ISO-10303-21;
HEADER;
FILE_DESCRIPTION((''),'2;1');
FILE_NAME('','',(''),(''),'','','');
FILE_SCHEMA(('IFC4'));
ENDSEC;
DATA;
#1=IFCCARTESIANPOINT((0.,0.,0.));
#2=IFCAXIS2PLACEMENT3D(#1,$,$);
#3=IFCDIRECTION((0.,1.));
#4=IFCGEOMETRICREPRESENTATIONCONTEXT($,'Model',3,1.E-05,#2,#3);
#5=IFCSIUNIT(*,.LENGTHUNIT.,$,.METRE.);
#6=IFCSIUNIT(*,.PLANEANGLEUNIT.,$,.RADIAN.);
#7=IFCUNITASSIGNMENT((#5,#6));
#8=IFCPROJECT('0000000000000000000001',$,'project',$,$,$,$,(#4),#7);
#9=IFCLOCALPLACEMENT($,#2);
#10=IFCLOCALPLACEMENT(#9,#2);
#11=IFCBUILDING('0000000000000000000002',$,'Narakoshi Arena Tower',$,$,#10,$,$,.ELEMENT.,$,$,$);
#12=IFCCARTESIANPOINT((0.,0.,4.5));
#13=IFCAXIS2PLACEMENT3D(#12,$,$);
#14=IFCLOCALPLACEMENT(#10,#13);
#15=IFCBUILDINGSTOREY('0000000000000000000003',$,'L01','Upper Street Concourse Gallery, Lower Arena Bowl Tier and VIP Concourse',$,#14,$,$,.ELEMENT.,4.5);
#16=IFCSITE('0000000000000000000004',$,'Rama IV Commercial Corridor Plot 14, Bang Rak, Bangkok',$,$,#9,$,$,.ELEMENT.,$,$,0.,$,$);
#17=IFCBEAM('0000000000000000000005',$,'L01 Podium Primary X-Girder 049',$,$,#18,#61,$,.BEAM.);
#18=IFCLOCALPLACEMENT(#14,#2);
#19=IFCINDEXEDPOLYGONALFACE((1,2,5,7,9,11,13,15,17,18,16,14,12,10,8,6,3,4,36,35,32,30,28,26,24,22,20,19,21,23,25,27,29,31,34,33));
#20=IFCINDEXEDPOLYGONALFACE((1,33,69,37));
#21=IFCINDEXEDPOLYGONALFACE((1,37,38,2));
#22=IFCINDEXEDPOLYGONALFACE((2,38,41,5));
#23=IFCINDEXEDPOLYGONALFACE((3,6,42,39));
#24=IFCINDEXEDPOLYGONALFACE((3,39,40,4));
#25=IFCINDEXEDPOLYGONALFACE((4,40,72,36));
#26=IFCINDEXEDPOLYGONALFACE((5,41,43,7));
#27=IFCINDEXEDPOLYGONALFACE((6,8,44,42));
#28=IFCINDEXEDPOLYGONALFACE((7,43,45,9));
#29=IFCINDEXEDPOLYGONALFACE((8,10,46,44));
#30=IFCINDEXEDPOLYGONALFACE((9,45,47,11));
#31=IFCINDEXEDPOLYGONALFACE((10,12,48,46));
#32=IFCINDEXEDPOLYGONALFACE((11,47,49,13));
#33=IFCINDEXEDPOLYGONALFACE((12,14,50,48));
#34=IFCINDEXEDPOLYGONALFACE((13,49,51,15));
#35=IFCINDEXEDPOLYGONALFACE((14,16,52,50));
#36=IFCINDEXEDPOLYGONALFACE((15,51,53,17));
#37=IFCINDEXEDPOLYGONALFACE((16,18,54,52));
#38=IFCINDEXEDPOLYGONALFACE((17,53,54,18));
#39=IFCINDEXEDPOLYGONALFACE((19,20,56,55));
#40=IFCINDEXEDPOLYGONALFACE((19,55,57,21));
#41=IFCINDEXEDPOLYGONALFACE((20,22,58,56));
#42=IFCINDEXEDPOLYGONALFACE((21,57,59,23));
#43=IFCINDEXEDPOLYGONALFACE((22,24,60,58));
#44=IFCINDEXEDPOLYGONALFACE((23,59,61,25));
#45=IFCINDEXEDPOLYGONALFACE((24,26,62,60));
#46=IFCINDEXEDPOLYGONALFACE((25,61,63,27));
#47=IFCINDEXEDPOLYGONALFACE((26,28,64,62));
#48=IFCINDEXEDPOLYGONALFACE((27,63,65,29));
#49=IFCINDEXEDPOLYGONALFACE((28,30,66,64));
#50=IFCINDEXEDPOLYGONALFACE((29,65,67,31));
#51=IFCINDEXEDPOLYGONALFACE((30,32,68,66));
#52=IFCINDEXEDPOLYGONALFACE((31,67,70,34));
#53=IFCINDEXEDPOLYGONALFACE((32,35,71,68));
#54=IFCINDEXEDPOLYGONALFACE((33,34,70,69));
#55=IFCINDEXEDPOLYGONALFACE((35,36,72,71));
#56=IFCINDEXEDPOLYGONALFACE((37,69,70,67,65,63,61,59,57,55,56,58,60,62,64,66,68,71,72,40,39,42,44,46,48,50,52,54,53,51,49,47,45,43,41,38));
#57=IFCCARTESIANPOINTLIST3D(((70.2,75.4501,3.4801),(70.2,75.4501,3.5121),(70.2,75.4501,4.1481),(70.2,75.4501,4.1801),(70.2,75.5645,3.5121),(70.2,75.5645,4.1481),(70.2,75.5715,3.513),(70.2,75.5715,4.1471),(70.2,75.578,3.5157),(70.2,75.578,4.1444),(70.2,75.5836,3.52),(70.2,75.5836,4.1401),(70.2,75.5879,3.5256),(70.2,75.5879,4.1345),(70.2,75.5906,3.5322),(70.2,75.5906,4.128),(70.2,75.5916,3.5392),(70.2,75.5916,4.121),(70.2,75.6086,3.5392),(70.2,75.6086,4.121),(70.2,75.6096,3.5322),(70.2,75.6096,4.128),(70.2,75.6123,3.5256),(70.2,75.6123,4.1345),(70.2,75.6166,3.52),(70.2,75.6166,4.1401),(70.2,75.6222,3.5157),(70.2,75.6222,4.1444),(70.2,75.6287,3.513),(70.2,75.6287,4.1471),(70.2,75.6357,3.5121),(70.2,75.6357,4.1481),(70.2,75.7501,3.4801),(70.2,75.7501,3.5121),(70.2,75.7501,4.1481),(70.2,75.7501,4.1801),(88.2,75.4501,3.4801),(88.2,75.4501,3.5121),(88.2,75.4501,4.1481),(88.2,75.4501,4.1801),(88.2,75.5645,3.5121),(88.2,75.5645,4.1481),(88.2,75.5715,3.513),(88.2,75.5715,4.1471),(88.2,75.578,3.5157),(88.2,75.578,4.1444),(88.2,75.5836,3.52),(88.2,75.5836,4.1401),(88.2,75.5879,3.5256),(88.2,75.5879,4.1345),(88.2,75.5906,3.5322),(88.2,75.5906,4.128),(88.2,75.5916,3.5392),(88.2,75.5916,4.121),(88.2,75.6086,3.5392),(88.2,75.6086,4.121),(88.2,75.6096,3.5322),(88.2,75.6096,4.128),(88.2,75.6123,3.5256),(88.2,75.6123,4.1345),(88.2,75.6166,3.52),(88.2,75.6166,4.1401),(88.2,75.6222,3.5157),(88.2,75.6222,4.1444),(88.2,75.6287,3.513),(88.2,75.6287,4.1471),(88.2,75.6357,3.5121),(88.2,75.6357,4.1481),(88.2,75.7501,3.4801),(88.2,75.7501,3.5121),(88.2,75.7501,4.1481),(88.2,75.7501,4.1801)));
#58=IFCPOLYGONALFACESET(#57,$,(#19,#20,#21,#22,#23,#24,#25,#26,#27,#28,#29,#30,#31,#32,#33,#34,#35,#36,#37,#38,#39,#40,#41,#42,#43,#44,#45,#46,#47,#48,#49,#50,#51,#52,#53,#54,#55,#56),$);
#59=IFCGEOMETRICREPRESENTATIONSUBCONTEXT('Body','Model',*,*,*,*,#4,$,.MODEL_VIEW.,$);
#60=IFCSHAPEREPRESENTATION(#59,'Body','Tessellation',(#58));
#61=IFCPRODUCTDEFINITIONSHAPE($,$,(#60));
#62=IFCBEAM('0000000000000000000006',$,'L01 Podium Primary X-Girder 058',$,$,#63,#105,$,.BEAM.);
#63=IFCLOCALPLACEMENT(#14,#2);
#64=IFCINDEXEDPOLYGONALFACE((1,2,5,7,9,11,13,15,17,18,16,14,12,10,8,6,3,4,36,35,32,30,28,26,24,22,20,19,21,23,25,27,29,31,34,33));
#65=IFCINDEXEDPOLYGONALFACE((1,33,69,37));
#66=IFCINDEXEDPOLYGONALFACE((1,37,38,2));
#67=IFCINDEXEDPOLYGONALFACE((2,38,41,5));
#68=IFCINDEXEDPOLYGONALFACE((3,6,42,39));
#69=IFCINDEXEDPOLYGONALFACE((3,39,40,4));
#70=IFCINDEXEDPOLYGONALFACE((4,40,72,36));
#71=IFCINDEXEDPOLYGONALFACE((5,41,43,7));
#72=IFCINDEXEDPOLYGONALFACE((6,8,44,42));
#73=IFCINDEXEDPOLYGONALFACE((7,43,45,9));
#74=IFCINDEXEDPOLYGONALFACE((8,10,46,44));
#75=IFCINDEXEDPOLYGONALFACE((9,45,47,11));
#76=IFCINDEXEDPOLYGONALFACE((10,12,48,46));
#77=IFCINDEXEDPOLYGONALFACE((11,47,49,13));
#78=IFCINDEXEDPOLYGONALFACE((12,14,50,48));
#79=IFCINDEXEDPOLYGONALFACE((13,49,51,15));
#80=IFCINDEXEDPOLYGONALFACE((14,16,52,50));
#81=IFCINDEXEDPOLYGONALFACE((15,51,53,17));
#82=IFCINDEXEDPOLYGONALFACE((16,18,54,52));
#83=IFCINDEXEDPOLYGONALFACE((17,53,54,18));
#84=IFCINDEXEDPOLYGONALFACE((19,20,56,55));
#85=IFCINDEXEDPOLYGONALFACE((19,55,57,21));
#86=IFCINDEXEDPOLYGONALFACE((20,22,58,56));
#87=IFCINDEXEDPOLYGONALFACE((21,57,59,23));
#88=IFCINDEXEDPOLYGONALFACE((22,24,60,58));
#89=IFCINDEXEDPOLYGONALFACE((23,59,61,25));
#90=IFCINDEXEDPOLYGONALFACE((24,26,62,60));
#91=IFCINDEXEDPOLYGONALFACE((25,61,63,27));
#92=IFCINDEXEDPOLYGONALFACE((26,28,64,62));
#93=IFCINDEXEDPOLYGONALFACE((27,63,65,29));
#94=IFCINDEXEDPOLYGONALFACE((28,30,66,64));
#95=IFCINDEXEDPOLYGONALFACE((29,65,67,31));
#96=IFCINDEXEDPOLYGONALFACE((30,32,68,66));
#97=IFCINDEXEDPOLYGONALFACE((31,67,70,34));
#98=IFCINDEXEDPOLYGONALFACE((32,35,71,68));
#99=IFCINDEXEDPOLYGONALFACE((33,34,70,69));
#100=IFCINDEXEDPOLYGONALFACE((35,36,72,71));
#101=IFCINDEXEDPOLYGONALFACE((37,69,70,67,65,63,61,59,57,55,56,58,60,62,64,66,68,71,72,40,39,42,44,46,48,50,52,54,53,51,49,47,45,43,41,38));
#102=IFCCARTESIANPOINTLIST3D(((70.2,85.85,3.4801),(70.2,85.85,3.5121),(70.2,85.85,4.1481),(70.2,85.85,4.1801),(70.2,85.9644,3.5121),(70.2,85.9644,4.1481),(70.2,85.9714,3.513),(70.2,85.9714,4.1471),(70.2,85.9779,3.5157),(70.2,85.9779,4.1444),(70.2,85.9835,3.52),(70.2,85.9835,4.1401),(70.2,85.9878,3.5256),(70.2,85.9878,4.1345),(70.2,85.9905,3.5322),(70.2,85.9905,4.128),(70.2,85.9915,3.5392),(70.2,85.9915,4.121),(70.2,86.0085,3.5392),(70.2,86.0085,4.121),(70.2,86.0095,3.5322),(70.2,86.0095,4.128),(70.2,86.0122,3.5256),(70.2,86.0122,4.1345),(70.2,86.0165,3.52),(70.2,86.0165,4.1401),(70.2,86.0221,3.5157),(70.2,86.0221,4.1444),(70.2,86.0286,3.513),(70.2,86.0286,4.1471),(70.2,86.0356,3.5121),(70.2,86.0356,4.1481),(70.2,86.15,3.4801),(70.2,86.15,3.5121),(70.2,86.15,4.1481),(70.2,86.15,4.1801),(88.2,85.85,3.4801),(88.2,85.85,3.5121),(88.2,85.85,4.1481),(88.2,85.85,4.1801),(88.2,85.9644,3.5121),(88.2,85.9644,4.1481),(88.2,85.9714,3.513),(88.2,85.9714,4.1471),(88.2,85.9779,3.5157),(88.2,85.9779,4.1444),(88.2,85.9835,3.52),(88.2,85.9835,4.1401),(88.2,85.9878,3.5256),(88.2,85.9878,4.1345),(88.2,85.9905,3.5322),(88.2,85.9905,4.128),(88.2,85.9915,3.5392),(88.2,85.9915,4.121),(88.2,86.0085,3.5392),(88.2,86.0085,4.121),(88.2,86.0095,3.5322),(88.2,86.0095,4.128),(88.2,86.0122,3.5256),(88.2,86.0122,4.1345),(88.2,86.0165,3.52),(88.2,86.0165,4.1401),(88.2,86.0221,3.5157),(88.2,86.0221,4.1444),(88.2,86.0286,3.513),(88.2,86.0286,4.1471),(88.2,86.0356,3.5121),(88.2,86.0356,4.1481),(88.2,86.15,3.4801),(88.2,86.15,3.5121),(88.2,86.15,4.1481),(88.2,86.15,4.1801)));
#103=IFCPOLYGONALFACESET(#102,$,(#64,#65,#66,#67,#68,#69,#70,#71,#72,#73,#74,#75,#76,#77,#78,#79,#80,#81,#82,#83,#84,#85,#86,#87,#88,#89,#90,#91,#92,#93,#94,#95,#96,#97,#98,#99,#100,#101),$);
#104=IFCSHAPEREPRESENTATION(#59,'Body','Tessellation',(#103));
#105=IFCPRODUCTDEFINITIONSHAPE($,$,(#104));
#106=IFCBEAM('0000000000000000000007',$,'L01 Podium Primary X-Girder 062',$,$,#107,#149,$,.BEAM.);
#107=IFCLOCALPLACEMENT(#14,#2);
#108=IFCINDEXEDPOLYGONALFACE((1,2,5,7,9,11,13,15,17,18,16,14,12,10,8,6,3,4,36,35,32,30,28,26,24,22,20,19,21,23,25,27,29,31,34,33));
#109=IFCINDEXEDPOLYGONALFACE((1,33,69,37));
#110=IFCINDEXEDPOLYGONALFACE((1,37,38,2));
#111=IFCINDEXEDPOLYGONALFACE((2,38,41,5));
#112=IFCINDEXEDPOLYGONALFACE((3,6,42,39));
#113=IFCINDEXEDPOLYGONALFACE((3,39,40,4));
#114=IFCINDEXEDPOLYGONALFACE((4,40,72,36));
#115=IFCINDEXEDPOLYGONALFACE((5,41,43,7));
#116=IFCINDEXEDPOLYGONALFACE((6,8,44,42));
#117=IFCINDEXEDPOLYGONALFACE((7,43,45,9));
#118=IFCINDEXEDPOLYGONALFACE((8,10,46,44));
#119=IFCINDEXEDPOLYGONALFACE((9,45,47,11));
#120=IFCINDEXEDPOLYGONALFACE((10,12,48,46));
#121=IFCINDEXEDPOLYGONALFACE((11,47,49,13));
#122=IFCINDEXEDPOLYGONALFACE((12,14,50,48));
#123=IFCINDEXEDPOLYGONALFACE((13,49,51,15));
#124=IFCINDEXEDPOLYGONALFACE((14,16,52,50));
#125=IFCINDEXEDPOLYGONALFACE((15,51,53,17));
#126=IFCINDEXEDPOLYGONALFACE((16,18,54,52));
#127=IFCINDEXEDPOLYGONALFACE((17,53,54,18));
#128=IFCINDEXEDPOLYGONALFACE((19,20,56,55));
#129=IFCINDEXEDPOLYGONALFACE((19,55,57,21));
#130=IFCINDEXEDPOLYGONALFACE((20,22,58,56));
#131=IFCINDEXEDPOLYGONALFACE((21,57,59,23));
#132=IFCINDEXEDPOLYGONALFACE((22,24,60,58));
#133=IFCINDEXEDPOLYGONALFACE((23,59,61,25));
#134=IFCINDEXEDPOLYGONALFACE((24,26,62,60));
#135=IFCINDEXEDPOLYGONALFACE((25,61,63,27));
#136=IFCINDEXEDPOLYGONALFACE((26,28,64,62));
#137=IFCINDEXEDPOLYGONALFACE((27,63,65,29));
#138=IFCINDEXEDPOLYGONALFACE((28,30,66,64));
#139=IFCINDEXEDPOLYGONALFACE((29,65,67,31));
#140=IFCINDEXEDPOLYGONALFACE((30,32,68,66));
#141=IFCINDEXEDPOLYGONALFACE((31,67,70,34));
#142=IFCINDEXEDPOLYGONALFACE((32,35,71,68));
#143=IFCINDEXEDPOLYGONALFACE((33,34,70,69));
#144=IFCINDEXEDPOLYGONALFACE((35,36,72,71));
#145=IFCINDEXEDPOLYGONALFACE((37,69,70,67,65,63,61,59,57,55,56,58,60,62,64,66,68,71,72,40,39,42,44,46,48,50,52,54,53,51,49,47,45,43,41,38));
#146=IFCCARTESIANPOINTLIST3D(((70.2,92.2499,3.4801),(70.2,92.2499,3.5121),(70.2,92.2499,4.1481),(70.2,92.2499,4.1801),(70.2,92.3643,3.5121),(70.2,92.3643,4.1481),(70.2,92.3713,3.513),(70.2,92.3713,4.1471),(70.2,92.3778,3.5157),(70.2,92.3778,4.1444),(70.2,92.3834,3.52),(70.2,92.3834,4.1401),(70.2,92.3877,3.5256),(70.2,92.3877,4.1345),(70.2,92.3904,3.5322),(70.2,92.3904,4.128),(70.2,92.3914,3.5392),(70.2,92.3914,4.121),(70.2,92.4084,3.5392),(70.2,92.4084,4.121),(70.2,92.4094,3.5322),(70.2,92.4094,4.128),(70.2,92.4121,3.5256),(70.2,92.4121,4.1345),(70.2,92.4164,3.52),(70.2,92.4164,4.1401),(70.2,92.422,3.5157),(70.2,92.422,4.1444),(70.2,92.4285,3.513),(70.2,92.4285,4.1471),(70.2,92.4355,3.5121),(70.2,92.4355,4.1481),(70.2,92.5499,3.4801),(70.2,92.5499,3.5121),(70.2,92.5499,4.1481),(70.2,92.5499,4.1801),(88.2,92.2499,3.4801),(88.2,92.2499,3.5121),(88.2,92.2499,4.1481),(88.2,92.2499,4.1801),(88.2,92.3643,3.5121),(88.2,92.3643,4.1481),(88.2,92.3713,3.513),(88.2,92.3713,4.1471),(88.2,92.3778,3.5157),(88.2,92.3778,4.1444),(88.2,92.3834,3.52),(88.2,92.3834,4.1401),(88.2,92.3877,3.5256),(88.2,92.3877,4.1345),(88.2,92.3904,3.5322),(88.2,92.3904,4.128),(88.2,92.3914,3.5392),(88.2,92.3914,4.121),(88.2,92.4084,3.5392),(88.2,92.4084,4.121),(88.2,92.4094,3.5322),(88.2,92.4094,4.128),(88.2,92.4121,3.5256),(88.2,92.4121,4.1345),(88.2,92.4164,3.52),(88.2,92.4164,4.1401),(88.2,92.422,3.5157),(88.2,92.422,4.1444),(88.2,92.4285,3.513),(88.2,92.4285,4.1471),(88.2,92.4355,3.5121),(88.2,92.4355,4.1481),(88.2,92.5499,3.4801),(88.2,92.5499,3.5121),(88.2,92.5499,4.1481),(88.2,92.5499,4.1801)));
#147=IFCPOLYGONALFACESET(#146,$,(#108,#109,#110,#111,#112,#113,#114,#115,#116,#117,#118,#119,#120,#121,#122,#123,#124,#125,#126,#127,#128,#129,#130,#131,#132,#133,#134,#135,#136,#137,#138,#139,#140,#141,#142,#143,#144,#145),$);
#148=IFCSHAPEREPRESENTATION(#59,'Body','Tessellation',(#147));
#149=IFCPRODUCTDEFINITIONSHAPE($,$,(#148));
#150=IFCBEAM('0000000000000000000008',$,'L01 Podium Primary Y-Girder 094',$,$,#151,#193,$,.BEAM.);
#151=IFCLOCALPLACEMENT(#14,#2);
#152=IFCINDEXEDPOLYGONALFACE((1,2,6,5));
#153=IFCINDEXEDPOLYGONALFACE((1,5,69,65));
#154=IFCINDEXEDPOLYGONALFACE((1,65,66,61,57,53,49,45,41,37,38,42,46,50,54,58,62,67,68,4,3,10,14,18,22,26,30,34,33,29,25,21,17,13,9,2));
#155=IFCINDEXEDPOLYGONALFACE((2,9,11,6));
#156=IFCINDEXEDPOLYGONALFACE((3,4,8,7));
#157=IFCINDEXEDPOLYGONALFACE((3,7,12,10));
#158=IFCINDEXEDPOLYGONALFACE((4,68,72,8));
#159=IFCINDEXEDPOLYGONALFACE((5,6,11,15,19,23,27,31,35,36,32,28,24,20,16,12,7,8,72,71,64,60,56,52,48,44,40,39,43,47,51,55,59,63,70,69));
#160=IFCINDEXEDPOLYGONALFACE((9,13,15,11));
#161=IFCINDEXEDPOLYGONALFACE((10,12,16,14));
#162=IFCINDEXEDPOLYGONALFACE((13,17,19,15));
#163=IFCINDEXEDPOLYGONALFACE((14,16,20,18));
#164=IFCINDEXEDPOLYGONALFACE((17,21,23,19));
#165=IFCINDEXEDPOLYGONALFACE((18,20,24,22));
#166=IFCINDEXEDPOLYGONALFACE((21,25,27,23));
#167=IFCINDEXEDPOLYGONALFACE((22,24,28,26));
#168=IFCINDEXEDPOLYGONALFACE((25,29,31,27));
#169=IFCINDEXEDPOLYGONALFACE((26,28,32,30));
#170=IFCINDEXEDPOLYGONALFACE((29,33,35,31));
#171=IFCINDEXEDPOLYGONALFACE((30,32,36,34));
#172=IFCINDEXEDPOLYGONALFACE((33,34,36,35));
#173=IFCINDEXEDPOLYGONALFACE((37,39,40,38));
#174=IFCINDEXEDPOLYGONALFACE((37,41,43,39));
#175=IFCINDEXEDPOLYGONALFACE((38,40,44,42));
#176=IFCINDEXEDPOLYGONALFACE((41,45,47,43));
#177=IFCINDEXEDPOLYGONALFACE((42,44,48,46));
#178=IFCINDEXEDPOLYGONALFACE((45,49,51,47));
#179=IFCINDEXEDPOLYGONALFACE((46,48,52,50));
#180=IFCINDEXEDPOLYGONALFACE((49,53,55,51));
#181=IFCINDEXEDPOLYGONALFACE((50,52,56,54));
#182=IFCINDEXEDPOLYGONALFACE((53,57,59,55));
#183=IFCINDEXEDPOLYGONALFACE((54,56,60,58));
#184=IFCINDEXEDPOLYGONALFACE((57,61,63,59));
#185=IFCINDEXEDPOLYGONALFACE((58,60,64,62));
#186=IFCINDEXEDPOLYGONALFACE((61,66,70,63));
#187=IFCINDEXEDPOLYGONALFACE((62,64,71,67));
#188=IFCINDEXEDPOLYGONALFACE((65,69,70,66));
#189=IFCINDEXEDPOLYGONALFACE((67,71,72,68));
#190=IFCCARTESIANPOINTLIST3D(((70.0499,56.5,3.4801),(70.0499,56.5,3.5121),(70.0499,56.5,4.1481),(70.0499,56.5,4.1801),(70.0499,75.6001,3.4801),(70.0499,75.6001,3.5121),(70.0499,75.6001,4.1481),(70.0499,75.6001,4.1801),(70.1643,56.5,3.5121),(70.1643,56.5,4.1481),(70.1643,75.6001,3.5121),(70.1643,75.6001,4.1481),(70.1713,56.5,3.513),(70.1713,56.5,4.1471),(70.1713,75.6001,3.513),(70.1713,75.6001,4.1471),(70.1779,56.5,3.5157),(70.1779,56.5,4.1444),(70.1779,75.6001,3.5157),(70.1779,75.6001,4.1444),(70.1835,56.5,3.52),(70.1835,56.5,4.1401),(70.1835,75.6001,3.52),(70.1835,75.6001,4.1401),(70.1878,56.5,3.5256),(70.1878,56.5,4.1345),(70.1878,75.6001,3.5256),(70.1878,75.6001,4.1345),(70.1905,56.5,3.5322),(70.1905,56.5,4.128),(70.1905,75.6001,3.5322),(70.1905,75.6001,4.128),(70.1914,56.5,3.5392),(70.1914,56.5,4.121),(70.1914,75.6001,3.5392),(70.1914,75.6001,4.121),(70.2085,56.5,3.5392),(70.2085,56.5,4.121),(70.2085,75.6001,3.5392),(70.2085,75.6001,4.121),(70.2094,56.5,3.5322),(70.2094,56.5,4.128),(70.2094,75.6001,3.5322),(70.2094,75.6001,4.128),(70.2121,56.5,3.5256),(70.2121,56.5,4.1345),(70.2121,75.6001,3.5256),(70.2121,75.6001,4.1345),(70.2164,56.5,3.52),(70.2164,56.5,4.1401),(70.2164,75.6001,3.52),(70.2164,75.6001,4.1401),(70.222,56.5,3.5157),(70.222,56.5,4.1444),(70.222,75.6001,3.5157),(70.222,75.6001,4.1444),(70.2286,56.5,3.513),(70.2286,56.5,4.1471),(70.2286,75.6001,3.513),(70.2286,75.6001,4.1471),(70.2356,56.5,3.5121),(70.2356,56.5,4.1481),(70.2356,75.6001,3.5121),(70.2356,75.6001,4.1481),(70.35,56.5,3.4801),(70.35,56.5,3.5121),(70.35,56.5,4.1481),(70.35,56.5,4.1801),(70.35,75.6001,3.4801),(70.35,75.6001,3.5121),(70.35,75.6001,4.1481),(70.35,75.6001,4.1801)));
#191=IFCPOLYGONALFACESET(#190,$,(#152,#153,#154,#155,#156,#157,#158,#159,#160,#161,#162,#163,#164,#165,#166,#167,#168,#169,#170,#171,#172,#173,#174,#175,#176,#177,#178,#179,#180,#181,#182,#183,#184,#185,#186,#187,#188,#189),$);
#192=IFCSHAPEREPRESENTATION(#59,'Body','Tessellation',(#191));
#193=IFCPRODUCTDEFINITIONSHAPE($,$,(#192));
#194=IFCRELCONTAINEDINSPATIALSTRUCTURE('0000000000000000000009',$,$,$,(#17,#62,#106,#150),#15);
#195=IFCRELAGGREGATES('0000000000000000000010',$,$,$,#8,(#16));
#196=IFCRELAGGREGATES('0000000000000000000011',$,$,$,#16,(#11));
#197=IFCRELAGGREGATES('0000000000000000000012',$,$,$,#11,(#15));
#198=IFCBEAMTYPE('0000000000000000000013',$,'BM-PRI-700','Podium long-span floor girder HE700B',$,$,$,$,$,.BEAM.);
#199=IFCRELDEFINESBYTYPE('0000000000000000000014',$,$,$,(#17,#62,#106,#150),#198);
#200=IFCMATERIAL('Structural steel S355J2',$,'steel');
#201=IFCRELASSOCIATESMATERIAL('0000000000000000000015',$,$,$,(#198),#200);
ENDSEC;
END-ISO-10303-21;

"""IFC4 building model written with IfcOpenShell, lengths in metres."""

from ifc_helpers import new_model, si_unit, direction, frame, origin, origin_2d, place, context, subcontext, project, spatial, i_section, extrude, material, material_profile, profile_set, type_object, element, save


model = new_model("IFC4")

# Units and contexts
model_context = context("Model", 3, precision=1e-05, world=origin(), true_north=direction((0.0, 1.0)))
body_context = subcontext(model_context, "Body", "Model", "MODEL_VIEW")
ifc_project = project(units=[si_unit("LENGTHUNIT", "METRE"), si_unit("PLANEANGLEUNIT", "RADIAN")], contexts=[model_context])

# Site, building, storey
site_placement = place(None, origin())
site = spatial("IfcSite", under=ifc_project, at=site_placement, Name="Rama IV Commercial Corridor Plot 14, Bang Rak, Bangkok", CompositionType="ELEMENT", RefElevation=0.0)
building_placement = place(site_placement, origin())
building = spatial("IfcBuilding", under=site, at=building_placement, Name="Narakoshi Arena Tower", CompositionType="ELEMENT")
storey_placement = place(building_placement, frame((0.0, 0.0, 4.5)))
storey = spatial("IfcBuildingStorey", under=building, at=storey_placement, Name="L01", Description="Upper Street Concourse Gallery, Lower Arena Bowl Tier and VIP Concourse", CompositionType="ELEMENT", Elevation=4.5)

# Beams
ifc_material_1 = material(Name="Structural steel S355J2", Category="steel")
ifc_material_profile_1 = material_profile(ifc_material_1, i_section(OverallWidth=0.3, OverallDepth=0.7, WebThickness=0.0171, FlangeThickness=0.032, FilletRadius=0.0271, at=origin_2d()), Name="HE700B")
ifc_profile_set_1 = profile_set([ifc_material_profile_1], Name="Structural steel S355J2")
beam_type_1 = type_object("IfcBeamType", Name="BM-PRI-700", Description="Podium long-span floor girder HE700B", PredefinedType="BEAM", material=ifc_profile_set_1)
for number, where, z_axis, x_axis, name in (
    (1, (70.2, 75.6001, 3.8301), (1.0, 0.0, 0.0), (0.0, 1.0, 0.0), "L01 Podium Primary X-Girder 049"),
    (2, (70.2, 86.0, 3.8301), (1.0, 0.0, 0.0), (0.0, 1.0, 0.0), "L01 Podium Primary X-Girder 058"),
    (3, (70.2, 92.3999, 3.8301), (1.0, 0.0, 0.0), (0.0, 1.0, 0.0), "L01 Podium Primary X-Girder 062"),
):
    element("IfcBeam", number, at=place(storey_placement, frame(where, z_axis=z_axis, x_axis=x_axis)), inside=storey, type_object=beam_type_1, Name=name, PredefinedType="BEAM", context=body_context, shape_type="SweptSolid", body=[
        extrude(i_section(OverallWidth=0.3, OverallDepth=0.7, WebThickness=0.0171, FlangeThickness=0.032, FilletRadius=0.0271, at=origin_2d()), origin(), (0.0, 0.0, 1.0), 18.0),
    ])
beam_1_placement = place(storey_placement, frame((70.2, 56.5, 3.8301), z_axis=(0.0, 1.0, 0.0), x_axis=(-1.0, 0.0, 0.0)))
element("IfcBeam", 4, at=beam_1_placement, inside=storey, type_object=beam_type_1, Name="L01 Podium Primary Y-Girder 094", PredefinedType="BEAM", context=body_context, shape_type="SweptSolid", body=[
    extrude(i_section(OverallWidth=0.3, OverallDepth=0.7, WebThickness=0.0171, FlangeThickness=0.032, FilletRadius=0.0271, at=origin_2d()), origin(), (0.0, 0.0, 1.0), 19.1001),
])

save(model, "model.ifc")
